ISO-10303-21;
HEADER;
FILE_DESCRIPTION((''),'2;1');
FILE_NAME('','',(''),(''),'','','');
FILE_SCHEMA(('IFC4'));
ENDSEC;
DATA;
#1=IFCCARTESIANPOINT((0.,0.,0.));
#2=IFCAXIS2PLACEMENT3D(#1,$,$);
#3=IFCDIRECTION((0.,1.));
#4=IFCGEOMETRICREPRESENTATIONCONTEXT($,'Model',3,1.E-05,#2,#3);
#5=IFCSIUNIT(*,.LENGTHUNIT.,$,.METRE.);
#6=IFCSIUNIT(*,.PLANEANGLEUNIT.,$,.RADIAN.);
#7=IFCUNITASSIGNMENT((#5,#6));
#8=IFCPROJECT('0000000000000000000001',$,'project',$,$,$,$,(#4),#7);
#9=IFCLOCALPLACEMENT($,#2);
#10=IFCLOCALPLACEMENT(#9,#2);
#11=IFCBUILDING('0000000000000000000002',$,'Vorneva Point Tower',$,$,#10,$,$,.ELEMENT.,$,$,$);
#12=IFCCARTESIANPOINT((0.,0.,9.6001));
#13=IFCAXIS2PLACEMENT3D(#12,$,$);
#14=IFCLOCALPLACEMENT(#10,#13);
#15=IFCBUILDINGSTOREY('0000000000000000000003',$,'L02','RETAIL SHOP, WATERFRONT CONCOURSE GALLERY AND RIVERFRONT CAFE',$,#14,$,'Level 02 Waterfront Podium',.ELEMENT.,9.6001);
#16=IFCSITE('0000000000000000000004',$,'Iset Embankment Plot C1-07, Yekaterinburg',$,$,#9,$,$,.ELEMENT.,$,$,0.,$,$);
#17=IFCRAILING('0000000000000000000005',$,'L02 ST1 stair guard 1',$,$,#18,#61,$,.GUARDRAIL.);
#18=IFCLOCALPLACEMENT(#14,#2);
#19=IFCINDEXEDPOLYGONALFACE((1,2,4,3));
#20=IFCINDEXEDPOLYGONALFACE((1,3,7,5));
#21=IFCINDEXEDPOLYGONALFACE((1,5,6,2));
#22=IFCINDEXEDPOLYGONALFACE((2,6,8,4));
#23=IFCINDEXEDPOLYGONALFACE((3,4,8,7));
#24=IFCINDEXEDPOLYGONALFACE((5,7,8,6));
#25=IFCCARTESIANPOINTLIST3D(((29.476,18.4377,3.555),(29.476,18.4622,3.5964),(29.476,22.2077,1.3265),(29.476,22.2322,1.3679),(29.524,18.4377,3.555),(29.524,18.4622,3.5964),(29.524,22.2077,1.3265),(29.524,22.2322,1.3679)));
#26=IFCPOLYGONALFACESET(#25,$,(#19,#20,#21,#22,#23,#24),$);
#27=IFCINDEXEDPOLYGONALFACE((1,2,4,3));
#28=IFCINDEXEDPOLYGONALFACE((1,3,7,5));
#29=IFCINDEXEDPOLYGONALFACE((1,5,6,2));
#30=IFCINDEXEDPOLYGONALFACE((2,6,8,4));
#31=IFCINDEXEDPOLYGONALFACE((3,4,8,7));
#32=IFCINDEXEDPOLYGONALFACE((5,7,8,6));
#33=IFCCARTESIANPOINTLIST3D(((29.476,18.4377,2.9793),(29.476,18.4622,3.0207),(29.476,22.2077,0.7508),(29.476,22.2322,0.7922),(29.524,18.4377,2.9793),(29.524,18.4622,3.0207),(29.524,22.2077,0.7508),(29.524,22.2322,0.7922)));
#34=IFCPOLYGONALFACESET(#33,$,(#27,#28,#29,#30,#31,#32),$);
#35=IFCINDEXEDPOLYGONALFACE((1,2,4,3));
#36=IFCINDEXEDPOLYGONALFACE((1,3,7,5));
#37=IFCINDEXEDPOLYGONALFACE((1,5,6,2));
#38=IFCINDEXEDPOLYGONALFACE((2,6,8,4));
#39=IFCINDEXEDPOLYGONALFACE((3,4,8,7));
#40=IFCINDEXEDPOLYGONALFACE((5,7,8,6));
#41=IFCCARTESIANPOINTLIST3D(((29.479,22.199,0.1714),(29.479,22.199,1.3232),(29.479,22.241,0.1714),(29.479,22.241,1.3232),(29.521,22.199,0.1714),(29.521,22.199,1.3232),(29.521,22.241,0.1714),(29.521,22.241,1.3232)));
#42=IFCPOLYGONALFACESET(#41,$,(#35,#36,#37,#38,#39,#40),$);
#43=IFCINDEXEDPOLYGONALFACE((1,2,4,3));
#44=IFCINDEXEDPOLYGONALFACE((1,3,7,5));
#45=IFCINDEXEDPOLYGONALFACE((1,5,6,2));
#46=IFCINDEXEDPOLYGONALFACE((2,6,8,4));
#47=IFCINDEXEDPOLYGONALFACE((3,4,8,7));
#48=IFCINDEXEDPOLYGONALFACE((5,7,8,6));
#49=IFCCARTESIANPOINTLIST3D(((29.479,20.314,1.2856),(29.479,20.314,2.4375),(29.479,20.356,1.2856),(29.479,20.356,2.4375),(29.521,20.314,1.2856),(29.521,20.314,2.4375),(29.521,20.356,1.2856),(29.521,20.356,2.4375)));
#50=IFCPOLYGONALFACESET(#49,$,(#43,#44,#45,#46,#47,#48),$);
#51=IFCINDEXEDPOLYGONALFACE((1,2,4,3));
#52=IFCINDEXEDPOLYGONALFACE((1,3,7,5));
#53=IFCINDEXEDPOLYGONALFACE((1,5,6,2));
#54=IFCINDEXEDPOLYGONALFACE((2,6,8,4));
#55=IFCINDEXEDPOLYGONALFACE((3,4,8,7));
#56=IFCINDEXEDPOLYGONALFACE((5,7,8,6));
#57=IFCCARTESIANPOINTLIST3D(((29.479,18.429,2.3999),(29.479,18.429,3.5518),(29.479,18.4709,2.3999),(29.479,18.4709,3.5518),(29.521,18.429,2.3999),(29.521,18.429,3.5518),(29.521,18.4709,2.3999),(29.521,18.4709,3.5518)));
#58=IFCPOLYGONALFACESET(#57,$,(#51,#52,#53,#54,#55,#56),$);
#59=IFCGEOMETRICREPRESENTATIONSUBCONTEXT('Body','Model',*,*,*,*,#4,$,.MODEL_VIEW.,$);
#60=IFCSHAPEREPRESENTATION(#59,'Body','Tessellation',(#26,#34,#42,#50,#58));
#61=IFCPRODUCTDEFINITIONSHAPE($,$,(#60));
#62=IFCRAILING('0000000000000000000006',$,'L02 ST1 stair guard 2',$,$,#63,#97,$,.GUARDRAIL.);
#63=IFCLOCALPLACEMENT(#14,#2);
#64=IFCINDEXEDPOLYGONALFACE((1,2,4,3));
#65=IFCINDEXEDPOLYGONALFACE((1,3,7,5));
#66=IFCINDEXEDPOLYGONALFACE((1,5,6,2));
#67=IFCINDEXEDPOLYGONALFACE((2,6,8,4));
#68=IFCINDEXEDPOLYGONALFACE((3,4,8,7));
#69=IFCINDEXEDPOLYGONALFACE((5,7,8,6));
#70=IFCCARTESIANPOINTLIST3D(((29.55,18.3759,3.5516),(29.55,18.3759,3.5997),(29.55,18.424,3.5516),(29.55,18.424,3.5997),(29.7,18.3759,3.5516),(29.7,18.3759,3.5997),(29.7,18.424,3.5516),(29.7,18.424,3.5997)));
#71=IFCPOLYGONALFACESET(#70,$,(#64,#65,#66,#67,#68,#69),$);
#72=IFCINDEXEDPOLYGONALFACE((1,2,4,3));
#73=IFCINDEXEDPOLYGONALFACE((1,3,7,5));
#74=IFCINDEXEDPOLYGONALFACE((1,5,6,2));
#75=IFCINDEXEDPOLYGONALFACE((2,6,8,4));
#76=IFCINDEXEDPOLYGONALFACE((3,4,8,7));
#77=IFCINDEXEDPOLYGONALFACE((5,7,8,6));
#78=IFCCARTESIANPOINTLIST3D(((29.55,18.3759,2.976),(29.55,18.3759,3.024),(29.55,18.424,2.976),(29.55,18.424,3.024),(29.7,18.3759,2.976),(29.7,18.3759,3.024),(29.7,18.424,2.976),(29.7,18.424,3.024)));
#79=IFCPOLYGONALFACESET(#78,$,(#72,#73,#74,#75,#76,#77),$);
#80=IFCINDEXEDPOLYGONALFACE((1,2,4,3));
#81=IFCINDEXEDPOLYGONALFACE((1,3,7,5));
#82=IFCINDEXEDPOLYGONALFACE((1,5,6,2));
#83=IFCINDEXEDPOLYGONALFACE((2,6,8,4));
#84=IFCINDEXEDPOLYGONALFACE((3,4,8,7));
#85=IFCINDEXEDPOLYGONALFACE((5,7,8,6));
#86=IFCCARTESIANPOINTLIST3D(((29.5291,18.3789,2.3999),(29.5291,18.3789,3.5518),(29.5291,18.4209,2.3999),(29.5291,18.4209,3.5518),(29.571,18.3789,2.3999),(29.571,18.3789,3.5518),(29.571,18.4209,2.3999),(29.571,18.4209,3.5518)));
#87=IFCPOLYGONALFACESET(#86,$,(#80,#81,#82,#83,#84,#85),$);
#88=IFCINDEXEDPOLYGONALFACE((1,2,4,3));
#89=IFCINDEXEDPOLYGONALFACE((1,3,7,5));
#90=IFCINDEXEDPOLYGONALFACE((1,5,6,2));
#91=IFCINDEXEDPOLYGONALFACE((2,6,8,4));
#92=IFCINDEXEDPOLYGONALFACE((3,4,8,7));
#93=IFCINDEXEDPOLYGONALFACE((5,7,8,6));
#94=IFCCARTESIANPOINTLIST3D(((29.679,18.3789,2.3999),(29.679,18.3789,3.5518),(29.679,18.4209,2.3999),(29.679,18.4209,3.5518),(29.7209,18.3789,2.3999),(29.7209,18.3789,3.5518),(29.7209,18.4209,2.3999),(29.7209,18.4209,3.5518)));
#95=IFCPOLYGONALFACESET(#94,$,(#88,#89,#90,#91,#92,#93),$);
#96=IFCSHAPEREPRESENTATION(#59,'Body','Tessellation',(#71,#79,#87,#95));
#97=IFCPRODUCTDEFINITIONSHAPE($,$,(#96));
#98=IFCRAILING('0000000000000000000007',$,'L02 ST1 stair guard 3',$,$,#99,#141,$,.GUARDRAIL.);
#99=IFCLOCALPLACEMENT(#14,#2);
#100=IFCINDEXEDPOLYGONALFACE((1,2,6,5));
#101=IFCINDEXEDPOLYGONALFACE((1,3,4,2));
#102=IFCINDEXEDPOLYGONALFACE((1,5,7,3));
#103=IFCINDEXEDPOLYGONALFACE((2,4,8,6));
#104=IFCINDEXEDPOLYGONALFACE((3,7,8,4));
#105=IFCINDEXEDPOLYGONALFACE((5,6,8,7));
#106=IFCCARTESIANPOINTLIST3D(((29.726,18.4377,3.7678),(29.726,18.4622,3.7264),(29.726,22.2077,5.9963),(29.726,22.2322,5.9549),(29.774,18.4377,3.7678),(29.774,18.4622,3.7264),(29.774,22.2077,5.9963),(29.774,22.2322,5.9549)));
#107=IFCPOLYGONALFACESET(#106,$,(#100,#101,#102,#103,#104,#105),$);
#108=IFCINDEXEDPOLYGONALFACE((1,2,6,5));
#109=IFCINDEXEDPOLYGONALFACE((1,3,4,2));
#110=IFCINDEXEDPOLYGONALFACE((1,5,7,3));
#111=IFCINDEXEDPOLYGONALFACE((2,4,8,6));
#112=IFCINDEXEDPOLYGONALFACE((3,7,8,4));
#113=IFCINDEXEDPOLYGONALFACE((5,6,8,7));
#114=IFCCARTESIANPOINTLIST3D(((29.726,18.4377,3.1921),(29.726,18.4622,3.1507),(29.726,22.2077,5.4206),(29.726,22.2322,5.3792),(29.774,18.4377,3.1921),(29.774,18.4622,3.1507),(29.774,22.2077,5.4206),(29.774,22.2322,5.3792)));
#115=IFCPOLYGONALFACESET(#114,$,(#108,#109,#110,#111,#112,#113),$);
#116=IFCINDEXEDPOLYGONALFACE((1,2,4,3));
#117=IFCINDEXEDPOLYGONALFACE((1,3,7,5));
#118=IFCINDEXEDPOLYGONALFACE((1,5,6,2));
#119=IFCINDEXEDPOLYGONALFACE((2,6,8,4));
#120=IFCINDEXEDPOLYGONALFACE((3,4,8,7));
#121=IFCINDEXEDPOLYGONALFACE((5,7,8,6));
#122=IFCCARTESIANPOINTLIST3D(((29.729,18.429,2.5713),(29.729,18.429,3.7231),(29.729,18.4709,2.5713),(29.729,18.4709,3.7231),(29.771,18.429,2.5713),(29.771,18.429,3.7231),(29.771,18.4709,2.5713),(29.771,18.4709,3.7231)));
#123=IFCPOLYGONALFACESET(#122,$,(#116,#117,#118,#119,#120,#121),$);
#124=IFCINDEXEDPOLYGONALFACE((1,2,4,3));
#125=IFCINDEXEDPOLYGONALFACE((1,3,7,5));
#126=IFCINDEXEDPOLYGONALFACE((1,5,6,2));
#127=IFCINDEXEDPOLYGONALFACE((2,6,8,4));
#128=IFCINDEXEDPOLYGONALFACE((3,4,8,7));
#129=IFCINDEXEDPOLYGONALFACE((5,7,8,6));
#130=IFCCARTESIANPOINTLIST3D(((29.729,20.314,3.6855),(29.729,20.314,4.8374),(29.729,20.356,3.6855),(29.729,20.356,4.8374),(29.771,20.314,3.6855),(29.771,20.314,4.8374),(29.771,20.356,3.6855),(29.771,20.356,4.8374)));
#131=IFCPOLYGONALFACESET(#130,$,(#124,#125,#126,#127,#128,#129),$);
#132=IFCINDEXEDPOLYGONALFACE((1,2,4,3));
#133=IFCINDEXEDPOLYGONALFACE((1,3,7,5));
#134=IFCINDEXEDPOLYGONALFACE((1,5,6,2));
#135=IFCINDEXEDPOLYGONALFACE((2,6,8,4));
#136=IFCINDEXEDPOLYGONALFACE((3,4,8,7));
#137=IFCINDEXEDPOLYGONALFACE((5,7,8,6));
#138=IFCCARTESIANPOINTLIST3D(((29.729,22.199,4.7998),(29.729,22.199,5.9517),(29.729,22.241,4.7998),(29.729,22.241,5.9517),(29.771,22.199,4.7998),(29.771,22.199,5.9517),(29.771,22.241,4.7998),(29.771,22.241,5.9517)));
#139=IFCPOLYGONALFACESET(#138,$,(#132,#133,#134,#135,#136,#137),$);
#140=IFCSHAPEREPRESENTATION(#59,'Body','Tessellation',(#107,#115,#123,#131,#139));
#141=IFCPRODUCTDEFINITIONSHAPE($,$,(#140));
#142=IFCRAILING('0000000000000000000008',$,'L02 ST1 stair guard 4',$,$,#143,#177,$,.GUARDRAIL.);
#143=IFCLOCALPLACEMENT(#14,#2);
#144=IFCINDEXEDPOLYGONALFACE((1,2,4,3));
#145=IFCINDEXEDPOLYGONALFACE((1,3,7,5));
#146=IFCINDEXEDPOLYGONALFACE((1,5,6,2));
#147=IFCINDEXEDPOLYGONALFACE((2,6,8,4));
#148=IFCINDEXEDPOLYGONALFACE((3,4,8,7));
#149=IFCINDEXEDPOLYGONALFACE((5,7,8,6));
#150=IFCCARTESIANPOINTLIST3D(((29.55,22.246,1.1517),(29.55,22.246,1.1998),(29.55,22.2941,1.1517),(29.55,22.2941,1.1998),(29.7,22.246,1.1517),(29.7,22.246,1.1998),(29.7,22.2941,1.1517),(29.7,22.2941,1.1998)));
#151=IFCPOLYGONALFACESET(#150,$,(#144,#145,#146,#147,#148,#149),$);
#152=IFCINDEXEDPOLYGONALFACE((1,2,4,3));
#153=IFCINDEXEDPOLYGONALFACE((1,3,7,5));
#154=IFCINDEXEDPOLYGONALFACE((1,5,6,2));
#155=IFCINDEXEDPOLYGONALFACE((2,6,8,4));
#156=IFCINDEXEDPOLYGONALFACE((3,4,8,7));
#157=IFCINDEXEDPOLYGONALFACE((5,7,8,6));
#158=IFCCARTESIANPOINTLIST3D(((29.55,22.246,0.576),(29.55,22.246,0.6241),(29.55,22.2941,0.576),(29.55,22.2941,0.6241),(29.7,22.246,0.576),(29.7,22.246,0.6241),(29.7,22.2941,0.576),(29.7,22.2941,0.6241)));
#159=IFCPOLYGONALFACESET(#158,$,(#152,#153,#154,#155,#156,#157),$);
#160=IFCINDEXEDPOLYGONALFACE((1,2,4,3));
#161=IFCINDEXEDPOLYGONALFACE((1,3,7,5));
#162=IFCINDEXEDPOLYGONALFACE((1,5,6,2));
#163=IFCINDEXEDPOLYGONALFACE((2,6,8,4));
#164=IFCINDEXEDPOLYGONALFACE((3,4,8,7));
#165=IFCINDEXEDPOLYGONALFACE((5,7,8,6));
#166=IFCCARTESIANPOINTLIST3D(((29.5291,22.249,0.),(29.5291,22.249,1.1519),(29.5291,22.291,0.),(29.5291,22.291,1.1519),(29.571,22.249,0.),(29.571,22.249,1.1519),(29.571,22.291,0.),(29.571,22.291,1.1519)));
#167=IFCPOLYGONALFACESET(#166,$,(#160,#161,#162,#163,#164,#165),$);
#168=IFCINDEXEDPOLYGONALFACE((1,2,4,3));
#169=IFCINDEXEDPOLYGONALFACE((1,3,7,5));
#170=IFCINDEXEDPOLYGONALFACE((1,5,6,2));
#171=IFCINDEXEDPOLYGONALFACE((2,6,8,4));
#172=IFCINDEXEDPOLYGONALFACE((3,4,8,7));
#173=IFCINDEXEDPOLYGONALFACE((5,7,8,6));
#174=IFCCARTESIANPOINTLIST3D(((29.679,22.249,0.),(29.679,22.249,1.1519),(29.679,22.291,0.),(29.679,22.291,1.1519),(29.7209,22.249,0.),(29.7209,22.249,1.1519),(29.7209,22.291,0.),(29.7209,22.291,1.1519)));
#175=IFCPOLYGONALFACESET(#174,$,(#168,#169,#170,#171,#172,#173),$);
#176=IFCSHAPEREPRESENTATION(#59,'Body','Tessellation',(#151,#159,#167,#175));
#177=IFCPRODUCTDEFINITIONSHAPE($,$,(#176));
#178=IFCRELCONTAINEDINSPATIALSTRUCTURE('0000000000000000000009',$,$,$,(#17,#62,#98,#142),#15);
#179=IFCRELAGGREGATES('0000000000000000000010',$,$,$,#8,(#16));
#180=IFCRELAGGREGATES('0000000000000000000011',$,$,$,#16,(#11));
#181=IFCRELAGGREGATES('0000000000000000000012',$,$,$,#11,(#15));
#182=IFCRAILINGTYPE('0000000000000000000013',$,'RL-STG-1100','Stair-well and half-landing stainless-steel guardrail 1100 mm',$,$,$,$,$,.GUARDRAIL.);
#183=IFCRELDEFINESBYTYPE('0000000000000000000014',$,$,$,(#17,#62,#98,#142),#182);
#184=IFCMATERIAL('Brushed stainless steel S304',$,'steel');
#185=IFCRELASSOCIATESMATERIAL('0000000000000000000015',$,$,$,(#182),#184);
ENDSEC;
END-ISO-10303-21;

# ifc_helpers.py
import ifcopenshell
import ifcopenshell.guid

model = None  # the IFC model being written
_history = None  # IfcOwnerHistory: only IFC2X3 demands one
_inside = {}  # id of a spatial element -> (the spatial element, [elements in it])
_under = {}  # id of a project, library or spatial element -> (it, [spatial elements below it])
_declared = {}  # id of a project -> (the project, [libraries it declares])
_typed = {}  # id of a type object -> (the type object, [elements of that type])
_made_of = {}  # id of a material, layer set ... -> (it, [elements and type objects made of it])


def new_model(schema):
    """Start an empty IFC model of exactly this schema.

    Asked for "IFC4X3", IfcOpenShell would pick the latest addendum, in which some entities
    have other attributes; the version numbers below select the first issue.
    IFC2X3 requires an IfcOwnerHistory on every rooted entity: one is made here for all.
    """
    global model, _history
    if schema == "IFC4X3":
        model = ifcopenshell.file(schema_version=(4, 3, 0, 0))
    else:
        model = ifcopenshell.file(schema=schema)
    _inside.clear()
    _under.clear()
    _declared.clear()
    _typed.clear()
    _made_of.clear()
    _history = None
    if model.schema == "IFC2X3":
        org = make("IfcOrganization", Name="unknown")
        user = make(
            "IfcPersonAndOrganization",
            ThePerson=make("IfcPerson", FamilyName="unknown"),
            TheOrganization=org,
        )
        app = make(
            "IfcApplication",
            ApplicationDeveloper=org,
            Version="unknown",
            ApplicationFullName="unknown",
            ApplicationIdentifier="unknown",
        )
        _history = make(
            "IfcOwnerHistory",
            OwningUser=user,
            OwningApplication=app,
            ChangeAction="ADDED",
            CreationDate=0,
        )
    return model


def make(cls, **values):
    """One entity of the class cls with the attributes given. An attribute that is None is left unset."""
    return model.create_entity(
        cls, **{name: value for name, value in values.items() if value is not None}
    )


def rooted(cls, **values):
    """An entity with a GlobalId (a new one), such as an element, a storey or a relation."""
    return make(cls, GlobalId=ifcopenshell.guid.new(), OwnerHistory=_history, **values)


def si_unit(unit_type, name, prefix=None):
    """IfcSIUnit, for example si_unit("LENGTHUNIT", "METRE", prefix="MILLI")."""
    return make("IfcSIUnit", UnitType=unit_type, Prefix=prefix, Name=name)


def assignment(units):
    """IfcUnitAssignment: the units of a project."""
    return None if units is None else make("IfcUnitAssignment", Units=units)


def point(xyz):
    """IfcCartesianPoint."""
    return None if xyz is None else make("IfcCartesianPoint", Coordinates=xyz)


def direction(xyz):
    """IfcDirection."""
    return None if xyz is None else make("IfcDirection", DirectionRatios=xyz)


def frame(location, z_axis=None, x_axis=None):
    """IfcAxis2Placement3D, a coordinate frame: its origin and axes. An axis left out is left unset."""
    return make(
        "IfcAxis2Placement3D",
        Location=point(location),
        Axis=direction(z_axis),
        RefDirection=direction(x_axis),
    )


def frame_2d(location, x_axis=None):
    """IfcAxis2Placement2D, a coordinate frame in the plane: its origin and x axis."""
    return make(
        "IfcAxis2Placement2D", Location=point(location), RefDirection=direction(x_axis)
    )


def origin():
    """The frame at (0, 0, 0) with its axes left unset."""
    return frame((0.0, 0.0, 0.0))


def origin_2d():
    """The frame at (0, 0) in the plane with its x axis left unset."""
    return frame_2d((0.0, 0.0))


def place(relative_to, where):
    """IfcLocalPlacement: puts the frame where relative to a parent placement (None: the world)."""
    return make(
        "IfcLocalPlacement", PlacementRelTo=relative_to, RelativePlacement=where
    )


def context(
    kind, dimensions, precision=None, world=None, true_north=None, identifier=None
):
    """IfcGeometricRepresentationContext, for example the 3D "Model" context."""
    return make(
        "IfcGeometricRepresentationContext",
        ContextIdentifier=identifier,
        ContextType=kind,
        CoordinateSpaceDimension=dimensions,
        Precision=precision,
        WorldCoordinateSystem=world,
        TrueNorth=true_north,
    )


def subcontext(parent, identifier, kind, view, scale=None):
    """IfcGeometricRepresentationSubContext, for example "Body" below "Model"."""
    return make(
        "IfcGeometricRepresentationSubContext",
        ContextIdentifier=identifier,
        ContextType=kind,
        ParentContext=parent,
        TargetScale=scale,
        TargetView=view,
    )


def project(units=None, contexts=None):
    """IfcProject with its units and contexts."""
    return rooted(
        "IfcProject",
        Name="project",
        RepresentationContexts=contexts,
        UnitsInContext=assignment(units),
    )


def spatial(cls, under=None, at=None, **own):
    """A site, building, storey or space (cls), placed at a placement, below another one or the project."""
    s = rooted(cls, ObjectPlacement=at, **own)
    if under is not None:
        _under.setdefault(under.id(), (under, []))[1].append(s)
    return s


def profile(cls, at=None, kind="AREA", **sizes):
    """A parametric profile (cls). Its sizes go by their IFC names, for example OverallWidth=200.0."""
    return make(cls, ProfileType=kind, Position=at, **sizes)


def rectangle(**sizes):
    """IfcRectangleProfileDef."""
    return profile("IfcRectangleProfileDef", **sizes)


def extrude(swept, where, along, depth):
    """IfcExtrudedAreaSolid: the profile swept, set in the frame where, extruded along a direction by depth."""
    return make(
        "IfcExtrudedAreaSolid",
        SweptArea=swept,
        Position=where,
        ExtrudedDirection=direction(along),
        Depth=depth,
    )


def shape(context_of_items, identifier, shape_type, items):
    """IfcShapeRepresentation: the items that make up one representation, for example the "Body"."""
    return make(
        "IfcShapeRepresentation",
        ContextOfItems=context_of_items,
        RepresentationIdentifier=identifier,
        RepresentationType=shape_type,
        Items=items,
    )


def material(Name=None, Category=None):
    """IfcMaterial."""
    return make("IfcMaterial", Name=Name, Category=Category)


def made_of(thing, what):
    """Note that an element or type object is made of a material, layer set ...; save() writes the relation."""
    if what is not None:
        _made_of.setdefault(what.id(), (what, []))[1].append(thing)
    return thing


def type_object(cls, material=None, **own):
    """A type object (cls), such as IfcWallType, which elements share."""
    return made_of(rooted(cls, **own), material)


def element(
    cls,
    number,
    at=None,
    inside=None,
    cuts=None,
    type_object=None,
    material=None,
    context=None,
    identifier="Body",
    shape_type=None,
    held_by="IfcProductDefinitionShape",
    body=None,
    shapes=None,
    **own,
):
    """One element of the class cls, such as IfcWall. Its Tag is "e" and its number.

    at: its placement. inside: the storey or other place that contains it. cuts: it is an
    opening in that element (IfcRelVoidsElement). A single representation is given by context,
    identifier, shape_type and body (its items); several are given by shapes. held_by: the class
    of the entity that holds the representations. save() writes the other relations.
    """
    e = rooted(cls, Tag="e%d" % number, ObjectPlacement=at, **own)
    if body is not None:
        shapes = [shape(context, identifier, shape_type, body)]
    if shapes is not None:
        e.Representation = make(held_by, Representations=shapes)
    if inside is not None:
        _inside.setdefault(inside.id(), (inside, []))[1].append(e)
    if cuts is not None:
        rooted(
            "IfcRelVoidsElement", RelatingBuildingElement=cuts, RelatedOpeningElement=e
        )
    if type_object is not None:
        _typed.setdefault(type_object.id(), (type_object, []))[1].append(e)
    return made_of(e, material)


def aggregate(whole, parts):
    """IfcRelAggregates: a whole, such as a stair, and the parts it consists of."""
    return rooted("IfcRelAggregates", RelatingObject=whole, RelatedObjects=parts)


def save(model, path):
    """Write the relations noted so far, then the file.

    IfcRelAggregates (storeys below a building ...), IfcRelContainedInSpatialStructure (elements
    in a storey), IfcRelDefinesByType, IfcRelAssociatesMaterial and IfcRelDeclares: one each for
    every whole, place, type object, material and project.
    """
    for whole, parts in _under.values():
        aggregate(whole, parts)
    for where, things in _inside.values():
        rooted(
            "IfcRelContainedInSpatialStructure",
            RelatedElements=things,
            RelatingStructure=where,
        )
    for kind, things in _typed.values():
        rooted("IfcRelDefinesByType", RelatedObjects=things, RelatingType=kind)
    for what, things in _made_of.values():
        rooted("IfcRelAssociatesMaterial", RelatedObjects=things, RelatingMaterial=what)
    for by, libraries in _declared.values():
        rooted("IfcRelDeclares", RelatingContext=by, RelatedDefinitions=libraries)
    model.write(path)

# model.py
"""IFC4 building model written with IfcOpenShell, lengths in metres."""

from ifc_helpers import new_model, si_unit, direction, frame, origin, origin_2d, place, context, subcontext, project, spatial, rectangle, extrude, material, type_object, element, save


model = new_model("IFC4")

# Units and contexts
model_context = context("Model", 3, precision=1e-05, world=origin(), true_north=direction((0.0, 1.0)))
body_context = subcontext(model_context, "Body", "Model", "MODEL_VIEW")
ifc_project = project(units=[si_unit("LENGTHUNIT", "METRE"), si_unit("PLANEANGLEUNIT", "RADIAN")], contexts=[model_context])

# Site, building, storey
site_placement = place(None, origin())
site = spatial("IfcSite", under=ifc_project, at=site_placement, Name="Iset Embankment Plot C1-07, Yekaterinburg", CompositionType="ELEMENT", RefElevation=0.0)
building_placement = place(site_placement, origin())
building = spatial("IfcBuilding", under=site, at=building_placement, Name="Vorneva Point Tower", CompositionType="ELEMENT")
storey_placement = place(building_placement, frame((0.0, 0.0, 9.6001)))
storey = spatial("IfcBuildingStorey", under=building, at=storey_placement, Name="L02", Description="RETAIL SHOP, WATERFRONT CONCOURSE GALLERY AND RIVERFRONT CAFE", LongName="Level 02 Waterfront Podium", CompositionType="ELEMENT", Elevation=9.6001)

# Railings
ifc_material_1 = material(Name="Brushed stainless steel S304", Category="steel")
railing_type_1 = type_object("IfcRailingType", Name="RL-STG-1100", Description="Stair-well and half-landing stainless-steel guardrail 1100 mm", PredefinedType="GUARDRAIL", material=ifc_material_1)
railing_1_placement = place(storey_placement, frame((29.5, 22.22, 0.1714)))
element("IfcRailing", 1, at=railing_1_placement, inside=storey, type_object=railing_type_1, Name="L02 ST1 stair guard 1", PredefinedType="GUARDRAIL", context=body_context, shape_type="SweptSolid", body=[
    extrude(rectangle(XDim=0.0481, YDim=0.0481, at=origin_2d()), frame((0.0, 0.0, 1.1758), z_axis=(0.0, -0.860849, 0.508861), x_axis=(1.0, 0.0, 0.0)), (0.0, 0.0, 1.0), 4.3794),
    extrude(rectangle(XDim=0.0481, YDim=0.0481, at=origin_2d()), frame((0.0, 0.0, 0.6001), z_axis=(0.0, -0.860849, 0.508861), x_axis=(1.0, 0.0, 0.0)), (0.0, 0.0, 1.0), 4.3794),
    extrude(rectangle(XDim=0.042, YDim=0.042, at=origin_2d()), origin(), (0.0, 0.0, 1.0), 1.1519),
    extrude(rectangle(XDim=0.042, YDim=0.042, at=origin_2d()), frame((0.0, -1.885, 1.1143)), (0.0, 0.0, 1.0), 1.1519),
    extrude(rectangle(XDim=0.042, YDim=0.042, at=origin_2d()), frame((0.0, -3.77, 2.2285)), (0.0, 0.0, 1.0), 1.1519),
])
railing_2_placement = place(storey_placement, frame((29.55, 18.3999, 2.3999)))
element("IfcRailing", 2, at=railing_2_placement, inside=storey, type_object=railing_type_1, Name="L02 ST1 stair guard 2", PredefinedType="GUARDRAIL", context=body_context, shape_type="SweptSolid", body=[
    extrude(rectangle(XDim=0.0481, YDim=0.0481, at=origin_2d()), frame((0.0, 0.0, 1.1758), z_axis=(1.0, 0.0, 0.0), x_axis=(0.0, 1.0, 0.0)), (0.0, 0.0, 1.0), 0.1499),
    extrude(rectangle(XDim=0.0481, YDim=0.0481, at=origin_2d()), frame((0.0, 0.0, 0.6001), z_axis=(1.0, 0.0, 0.0), x_axis=(0.0, 1.0, 0.0)), (0.0, 0.0, 1.0), 0.1499),
    extrude(rectangle(XDim=0.042, YDim=0.042, at=origin_2d()), origin(), (0.0, 0.0, 1.0), 1.1519),
    extrude(rectangle(XDim=0.042, YDim=0.042, at=origin_2d()), frame((0.1499, 0.0, 0.0)), (0.0, 0.0, 1.0), 1.1519),
])
railing_3_placement = place(storey_placement, frame((29.75, 18.45, 2.5713)))
element("IfcRailing", 3, at=railing_3_placement, inside=storey, type_object=railing_type_1, Name="L02 ST1 stair guard 3", PredefinedType="GUARDRAIL", context=body_context, shape_type="SweptSolid", body=[
    extrude(rectangle(XDim=0.0481, YDim=0.0481, at=origin_2d()), frame((0.0, 0.0, 1.1758), z_axis=(0.0, 0.860849, 0.508861), x_axis=(-1.0, 0.0, 0.0)), (0.0, 0.0, 1.0), 4.3794),
    extrude(rectangle(XDim=0.0481, YDim=0.0481, at=origin_2d()), frame((0.0, 0.0, 0.6001), z_axis=(0.0, 0.860849, 0.508861), x_axis=(-1.0, 0.0, 0.0)), (0.0, 0.0, 1.0), 4.3794),
    extrude(rectangle(XDim=0.042, YDim=0.042, at=origin_2d()), origin(), (0.0, 0.0, 1.0), 1.1519),
    extrude(rectangle(XDim=0.042, YDim=0.042, at=origin_2d()), frame((0.0, 1.885, 1.1143)), (0.0, 0.0, 1.0), 1.1519),
    extrude(rectangle(XDim=0.042, YDim=0.042, at=origin_2d()), frame((0.0, 3.77, 2.2285)), (0.0, 0.0, 1.0), 1.1519),
])
railing_4_placement = place(storey_placement, frame((29.55, 22.27, 0.0)))
element("IfcRailing", 4, at=railing_4_placement, inside=storey, type_object=railing_type_1, Name="L02 ST1 stair guard 4", PredefinedType="GUARDRAIL", context=body_context, shape_type="SweptSolid", body=[
    extrude(rectangle(XDim=0.0481, YDim=0.0481, at=origin_2d()), frame((0.0, 0.0, 1.1758), z_axis=(1.0, 0.0, 0.0), x_axis=(0.0, 1.0, 0.0)), (0.0, 0.0, 1.0), 0.1499),
    extrude(rectangle(XDim=0.0481, YDim=0.0481, at=origin_2d()), frame((0.0, 0.0, 0.6001), z_axis=(1.0, 0.0, 0.0), x_axis=(0.0, 1.0, 0.0)), (0.0, 0.0, 1.0), 0.1499),
    extrude(rectangle(XDim=0.042, YDim=0.042, at=origin_2d()), origin(), (0.0, 0.0, 1.0), 1.1519),
    extrude(rectangle(XDim=0.042, YDim=0.042, at=origin_2d()), frame((0.1499, 0.0, 0.0)), (0.0, 0.0, 1.0), 1.1519),
])

save(model, "model.ifc")
